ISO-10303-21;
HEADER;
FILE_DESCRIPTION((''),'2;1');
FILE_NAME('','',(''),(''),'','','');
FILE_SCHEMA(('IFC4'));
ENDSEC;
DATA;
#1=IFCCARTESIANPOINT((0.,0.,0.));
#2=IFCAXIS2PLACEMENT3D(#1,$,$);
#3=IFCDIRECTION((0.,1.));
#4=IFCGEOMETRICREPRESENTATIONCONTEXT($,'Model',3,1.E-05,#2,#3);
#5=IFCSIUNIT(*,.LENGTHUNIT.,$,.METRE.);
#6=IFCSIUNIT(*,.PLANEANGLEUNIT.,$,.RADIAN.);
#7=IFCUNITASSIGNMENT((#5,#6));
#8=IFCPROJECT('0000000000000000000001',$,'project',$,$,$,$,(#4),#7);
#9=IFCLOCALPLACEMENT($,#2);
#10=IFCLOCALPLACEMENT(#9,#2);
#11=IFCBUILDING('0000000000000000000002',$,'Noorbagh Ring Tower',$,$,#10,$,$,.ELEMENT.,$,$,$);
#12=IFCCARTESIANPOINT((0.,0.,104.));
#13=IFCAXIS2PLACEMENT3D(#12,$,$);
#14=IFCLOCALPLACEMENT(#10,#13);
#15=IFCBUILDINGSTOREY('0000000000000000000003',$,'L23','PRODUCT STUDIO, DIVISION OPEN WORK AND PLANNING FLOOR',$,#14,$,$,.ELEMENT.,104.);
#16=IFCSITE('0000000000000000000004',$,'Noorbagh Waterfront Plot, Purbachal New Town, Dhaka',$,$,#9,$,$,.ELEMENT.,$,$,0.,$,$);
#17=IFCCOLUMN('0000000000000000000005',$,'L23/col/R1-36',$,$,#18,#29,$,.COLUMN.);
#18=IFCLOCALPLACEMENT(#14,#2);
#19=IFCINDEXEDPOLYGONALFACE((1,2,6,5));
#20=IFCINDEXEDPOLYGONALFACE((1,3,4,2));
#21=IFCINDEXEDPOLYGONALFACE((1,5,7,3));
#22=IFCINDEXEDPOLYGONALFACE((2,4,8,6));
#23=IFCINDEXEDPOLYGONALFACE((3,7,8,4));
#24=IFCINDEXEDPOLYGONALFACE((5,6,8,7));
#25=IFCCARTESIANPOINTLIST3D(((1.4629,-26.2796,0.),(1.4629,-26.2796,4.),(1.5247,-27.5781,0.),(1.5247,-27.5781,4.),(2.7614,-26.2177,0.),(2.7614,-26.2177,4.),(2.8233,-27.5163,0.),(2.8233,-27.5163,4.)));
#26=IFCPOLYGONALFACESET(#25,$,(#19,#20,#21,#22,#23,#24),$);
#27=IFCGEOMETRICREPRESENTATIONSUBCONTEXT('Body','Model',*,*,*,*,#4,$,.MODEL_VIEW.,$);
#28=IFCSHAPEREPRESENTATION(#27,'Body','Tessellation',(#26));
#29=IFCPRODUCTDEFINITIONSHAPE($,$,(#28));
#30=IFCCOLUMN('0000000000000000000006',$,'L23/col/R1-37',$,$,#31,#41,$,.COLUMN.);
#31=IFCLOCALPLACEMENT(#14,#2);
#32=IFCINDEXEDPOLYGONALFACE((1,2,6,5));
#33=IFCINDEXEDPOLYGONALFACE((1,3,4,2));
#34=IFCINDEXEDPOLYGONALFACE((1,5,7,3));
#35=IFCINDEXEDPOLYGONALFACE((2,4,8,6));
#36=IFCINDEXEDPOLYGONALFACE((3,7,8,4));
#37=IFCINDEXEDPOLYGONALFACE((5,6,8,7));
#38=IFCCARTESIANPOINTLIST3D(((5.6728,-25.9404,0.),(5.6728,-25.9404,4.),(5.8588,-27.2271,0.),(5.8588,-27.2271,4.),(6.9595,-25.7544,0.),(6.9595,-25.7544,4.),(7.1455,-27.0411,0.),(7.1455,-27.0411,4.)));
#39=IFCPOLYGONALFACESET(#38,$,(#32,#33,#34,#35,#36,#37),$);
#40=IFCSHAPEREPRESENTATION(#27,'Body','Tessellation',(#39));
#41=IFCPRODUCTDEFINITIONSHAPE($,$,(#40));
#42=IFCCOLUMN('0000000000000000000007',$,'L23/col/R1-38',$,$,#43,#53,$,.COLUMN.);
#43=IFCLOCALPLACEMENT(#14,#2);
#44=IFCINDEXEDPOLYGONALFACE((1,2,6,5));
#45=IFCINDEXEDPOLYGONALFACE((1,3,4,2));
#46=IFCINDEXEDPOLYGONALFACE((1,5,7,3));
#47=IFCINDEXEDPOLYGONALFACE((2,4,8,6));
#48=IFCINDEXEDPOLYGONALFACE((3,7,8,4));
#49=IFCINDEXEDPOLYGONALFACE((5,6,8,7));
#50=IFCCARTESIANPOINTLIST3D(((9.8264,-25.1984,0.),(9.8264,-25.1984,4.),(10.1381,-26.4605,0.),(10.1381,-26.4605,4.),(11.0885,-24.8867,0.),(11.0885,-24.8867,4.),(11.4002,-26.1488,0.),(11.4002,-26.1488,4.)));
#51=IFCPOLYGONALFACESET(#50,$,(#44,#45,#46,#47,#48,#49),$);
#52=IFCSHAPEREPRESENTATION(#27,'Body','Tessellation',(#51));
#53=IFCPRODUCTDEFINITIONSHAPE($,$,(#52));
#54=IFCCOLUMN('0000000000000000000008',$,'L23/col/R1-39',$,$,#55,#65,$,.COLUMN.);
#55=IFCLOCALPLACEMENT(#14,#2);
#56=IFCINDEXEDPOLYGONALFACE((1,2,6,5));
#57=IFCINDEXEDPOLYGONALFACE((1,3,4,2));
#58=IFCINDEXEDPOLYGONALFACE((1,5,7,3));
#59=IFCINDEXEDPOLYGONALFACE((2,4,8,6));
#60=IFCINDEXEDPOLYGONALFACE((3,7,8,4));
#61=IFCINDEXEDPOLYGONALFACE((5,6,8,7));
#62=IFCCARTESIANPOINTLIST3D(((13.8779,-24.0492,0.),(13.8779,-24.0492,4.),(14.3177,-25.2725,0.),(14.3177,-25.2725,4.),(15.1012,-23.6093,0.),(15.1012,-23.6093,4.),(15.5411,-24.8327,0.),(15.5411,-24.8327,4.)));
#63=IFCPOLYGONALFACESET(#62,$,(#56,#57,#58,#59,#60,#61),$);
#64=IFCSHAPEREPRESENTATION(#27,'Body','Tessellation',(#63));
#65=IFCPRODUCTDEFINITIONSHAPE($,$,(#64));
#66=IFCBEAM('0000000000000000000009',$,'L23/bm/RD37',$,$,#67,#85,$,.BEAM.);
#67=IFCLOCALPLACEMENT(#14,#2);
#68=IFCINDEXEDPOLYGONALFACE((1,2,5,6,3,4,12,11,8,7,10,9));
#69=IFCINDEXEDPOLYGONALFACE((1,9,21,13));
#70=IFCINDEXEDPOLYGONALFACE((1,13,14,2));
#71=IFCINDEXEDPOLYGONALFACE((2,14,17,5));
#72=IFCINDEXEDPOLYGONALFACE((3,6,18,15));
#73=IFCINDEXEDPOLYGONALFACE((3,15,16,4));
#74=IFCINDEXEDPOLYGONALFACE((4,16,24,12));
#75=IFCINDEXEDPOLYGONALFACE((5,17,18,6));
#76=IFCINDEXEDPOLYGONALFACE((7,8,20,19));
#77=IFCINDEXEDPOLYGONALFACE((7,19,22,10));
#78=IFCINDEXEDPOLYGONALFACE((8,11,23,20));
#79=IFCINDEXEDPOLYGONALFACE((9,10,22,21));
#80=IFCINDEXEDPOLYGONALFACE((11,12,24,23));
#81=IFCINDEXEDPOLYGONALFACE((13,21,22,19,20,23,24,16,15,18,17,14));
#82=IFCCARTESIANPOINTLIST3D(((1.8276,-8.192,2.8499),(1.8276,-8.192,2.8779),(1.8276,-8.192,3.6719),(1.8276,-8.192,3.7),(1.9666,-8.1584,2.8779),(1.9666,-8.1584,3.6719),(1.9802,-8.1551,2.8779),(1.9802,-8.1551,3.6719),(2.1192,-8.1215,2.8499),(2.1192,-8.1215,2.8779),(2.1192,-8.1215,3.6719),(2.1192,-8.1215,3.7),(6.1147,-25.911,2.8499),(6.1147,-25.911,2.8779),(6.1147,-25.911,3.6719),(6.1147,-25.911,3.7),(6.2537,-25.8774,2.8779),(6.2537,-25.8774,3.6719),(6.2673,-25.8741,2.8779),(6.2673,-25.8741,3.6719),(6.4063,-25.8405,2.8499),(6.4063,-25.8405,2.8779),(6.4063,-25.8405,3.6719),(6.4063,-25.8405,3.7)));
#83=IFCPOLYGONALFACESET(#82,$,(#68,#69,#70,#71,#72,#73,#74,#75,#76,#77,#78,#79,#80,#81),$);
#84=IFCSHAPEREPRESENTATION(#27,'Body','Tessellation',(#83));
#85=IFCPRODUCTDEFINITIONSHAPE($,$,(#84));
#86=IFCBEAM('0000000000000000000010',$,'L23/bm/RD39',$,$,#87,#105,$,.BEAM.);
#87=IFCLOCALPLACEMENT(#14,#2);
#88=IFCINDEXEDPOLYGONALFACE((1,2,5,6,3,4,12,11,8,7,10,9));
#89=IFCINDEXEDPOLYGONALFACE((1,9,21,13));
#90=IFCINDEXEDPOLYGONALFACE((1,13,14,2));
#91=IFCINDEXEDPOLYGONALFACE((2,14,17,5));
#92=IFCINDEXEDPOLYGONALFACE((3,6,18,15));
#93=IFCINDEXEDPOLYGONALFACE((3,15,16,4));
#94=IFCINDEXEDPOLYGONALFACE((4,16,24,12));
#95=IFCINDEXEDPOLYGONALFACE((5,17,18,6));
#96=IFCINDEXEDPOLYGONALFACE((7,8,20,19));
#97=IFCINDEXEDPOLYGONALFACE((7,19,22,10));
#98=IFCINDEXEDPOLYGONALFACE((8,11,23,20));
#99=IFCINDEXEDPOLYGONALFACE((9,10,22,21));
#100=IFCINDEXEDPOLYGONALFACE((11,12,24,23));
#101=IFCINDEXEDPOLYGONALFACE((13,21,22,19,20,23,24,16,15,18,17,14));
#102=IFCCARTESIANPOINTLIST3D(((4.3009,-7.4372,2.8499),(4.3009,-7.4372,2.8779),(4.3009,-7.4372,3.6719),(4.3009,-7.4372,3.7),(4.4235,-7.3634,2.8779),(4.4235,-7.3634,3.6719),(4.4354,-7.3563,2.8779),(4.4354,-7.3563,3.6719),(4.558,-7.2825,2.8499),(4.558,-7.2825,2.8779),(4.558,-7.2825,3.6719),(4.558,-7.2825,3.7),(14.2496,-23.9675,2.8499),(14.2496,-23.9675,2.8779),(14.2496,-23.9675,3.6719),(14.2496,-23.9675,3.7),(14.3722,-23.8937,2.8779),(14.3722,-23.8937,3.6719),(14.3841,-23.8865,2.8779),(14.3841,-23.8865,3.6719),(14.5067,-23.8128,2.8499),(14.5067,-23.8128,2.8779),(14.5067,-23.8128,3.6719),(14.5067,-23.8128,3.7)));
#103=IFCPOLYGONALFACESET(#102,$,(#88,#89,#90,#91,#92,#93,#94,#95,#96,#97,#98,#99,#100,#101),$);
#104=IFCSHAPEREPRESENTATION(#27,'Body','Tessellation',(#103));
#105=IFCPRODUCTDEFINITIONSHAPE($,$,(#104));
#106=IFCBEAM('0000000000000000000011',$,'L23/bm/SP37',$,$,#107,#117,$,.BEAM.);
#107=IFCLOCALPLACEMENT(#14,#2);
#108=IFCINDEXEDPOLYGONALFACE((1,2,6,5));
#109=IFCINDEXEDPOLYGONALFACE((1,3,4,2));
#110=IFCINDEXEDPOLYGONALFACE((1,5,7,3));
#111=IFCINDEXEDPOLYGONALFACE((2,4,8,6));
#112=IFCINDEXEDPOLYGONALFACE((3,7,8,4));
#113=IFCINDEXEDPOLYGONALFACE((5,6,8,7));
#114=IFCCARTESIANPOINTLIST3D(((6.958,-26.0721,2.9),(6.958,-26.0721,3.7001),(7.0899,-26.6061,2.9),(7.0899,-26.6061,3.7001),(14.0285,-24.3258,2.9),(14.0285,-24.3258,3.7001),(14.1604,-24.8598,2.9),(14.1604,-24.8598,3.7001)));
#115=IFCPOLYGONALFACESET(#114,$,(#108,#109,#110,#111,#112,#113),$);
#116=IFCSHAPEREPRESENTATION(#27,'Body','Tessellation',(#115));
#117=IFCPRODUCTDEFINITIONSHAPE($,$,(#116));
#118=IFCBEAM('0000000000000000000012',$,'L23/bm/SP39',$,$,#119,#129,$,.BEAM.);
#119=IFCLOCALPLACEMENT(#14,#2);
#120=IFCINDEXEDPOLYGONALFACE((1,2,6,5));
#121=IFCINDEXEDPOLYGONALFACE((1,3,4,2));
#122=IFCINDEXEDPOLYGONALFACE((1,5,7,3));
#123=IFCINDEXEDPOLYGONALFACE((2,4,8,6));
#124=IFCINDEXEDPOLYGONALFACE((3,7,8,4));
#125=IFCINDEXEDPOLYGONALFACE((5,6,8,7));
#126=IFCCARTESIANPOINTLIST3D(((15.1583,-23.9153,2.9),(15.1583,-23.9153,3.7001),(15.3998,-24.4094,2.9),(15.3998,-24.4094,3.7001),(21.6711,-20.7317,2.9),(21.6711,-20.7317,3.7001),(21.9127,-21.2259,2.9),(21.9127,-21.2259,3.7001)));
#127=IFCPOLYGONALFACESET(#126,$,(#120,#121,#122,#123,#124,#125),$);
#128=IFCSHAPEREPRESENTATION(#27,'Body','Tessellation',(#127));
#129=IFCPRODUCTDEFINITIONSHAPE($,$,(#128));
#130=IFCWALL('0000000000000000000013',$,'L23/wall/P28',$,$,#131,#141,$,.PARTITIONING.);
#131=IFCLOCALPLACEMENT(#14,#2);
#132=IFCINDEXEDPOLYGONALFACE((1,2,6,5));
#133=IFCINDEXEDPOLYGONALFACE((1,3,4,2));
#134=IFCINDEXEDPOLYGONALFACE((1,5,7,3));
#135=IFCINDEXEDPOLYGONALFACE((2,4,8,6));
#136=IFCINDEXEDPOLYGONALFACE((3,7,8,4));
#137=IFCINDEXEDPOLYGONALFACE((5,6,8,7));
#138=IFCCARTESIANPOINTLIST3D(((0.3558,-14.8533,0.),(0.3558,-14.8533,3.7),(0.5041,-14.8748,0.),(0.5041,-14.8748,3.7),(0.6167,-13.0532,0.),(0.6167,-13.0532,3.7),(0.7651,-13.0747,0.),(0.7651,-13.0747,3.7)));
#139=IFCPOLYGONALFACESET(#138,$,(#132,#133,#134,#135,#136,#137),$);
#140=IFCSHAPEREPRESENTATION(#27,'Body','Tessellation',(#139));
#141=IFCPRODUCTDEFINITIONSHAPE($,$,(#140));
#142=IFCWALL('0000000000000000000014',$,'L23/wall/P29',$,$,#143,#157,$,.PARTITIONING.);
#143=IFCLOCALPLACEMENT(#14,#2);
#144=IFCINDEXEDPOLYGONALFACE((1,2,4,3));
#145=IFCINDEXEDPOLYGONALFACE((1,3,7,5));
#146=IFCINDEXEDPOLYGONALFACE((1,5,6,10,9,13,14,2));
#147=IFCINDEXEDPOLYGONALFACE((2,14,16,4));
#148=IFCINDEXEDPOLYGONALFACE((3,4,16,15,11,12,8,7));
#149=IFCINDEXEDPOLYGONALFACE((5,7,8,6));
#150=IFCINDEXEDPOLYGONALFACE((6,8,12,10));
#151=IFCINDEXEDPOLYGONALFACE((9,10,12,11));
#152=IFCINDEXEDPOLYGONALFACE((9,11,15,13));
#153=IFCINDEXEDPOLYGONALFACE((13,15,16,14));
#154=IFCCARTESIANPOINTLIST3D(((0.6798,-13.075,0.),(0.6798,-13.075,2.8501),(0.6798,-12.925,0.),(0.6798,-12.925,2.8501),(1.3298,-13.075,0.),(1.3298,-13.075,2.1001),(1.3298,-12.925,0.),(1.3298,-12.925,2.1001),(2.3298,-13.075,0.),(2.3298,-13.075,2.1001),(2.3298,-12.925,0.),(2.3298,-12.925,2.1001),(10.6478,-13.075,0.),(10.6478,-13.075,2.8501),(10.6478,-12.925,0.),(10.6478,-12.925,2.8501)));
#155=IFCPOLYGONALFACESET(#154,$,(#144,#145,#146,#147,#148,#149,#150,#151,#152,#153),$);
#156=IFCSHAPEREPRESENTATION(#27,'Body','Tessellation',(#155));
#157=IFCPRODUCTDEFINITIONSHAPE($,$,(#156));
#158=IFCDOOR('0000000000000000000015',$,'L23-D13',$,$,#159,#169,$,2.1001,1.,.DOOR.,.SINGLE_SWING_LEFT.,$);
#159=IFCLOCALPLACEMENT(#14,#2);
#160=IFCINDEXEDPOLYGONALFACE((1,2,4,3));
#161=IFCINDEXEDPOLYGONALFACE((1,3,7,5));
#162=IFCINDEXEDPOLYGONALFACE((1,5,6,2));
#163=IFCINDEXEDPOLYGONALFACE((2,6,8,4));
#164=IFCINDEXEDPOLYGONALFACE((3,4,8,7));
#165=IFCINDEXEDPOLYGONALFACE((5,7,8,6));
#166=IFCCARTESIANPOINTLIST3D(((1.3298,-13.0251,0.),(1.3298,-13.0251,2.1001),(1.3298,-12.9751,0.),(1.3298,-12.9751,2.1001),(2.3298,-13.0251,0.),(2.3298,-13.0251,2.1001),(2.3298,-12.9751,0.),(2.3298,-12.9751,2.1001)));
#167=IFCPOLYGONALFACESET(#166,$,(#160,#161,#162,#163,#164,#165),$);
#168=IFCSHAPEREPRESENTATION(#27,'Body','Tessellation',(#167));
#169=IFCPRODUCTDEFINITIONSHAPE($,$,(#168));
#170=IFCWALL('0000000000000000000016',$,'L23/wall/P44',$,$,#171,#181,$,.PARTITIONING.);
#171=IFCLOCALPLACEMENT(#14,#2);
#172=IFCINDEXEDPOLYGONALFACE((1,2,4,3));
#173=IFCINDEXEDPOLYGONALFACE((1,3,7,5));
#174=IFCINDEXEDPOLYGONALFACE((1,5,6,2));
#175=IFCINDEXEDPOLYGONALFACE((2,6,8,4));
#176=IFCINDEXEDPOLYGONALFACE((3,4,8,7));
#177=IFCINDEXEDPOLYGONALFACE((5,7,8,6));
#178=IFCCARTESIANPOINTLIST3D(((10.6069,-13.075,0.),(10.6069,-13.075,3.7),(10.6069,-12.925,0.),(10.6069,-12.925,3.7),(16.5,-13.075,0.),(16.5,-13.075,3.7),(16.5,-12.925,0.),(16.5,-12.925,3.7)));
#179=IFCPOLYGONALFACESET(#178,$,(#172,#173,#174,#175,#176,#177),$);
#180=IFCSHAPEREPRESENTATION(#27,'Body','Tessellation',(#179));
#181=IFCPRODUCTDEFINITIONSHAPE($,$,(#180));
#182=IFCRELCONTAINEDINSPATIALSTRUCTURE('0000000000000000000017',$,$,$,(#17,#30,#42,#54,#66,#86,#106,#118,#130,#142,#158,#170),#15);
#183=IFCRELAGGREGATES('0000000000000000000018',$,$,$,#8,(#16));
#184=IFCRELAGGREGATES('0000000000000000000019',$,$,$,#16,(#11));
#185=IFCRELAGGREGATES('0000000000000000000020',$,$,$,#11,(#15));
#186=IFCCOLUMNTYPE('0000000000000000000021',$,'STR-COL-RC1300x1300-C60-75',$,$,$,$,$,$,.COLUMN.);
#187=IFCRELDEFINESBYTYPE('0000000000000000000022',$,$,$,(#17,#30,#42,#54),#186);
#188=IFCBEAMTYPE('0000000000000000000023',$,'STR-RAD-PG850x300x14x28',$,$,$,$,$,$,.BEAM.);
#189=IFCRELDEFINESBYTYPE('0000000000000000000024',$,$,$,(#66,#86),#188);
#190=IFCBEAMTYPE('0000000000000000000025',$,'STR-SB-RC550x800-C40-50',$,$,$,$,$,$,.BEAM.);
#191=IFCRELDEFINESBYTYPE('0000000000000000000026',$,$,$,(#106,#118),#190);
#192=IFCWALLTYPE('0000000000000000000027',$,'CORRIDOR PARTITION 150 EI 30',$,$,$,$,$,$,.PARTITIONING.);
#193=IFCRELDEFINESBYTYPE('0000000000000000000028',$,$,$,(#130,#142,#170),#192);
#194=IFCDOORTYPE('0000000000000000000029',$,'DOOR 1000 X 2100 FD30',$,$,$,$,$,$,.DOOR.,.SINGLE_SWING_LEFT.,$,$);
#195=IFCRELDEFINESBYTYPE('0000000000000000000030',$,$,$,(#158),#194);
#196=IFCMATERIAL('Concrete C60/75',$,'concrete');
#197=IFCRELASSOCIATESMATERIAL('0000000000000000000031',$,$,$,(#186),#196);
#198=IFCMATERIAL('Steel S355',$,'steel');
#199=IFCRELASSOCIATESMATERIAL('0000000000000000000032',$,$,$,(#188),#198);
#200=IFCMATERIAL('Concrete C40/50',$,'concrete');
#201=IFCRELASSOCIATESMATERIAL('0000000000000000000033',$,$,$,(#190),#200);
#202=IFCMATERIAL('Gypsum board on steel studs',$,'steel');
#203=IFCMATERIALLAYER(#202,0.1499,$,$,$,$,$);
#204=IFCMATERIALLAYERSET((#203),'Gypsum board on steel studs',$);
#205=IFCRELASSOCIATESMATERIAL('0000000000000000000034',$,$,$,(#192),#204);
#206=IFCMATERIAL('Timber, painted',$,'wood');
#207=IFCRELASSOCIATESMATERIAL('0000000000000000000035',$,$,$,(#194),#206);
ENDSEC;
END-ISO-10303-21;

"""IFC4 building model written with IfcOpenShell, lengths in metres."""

from ifc_helpers import new_model, si_unit, direction, frame, frame_2d, origin, origin_2d, place, context, subcontext, project, spatial, rectangle, i_section, extrude, material, layer, layer_set, material_profile, profile_set, type_object, element, fill, save


model = new_model("IFC4")

# Units and contexts
model_context = context("Model", 3, precision=1e-05, world=origin(), true_north=direction((0.0, 1.0)))
body_context = subcontext(model_context, "Body", "Model", "MODEL_VIEW")
ifc_project = project(units=[si_unit("LENGTHUNIT", "METRE"), si_unit("PLANEANGLEUNIT", "RADIAN")], contexts=[model_context])

# Site, building, storey
site_placement = place(None, origin())
site = spatial("IfcSite", under=ifc_project, at=site_placement, Name="Noorbagh Waterfront Plot, Purbachal New Town, Dhaka", CompositionType="ELEMENT", RefElevation=0.0)
building_placement = place(site_placement, origin())
building = spatial("IfcBuilding", under=site, at=building_placement, Name="Noorbagh Ring Tower", CompositionType="ELEMENT")
storey_placement = place(building_placement, frame((0.0, 0.0, 104.0)))
storey = spatial("IfcBuildingStorey", under=building, at=storey_placement, Name="L23", Description="PRODUCT STUDIO, DIVISION OPEN WORK AND PLANNING FLOOR", CompositionType="ELEMENT", Elevation=104.0)

# Columns
ifc_material_1 = material(Name="Concrete C60/75", Category="concrete")
ifc_material_profile_1 = material_profile(ifc_material_1, rectangle(XDim=1.3, YDim=1.3, at=origin_2d()), Name="RC1300x1300")
ifc_profile_set_1 = profile_set([ifc_material_profile_1], Name="Concrete C60/75")
column_type = type_object("IfcColumnType", Name="STR-COL-RC1300x1300-C60-75", PredefinedType="COLUMN", material=ifc_profile_set_1)
for number, where, z_axis, x_axis, name in (
    (1, (2.1431, -26.8979, 0.0), (0.0, 0.0, 1.0), (0.998869, 0.047553, 0.0), "L23/col/R1-36"),
    (2, (6.4092, -26.4907, 0.0), (0.0, 0.0, 1.0), (0.989713, 0.143066, 0.0), "L23/col/R1-37"),
    (3, (10.6133, -25.6736, 0.0), (0.0, 0.0, 1.0), (0.970829, 0.239771, 0.0), "L23/col/R1-38"),
    (4, (14.7095, -24.4409, 0.0), (0.0, 0.0, 1.0), (0.941025, 0.338338, 0.0), "L23/col/R1-39"),
):
    element("IfcColumn", number, at=place(storey_placement, frame(where, z_axis=z_axis, x_axis=x_axis)), inside=storey, type_object=column_type, Name=name, PredefinedType="COLUMN", context=body_context, shape_type="SweptSolid", body=[
        extrude(rectangle(XDim=1.3, YDim=1.3, at=origin_2d()), origin(), (0.0, 0.0, 1.0), 4.0),
    ])

# Beams
ifc_material_2 = material(Name="Steel S355", Category="steel")
ifc_material_profile_2 = material_profile(ifc_material_2, i_section(OverallWidth=0.3, OverallDepth=0.8501, WebThickness=0.0139, FlangeThickness=0.0281, at=origin_2d()), Name="PG850x300x14x28")
ifc_profile_set_2 = profile_set([ifc_material_profile_2], Name="Steel S355")
beam_type_1 = type_object("IfcBeamType", Name="STR-RAD-PG850x300x14x28", PredefinedType="BEAM", material=ifc_profile_set_2)
beam_1_placement = place(storey_placement, frame((6.2605, -25.8757, 3.2749), z_axis=(-0.235165, 0.971956, 0.0), x_axis=(-0.971956, -0.235165, 0.0)))
element("IfcBeam", 5, at=beam_1_placement, inside=storey, type_object=beam_type_1, Name="L23/bm/RD37", PredefinedType="BEAM", context=body_context, shape_type="SweptSolid", body=[
    extrude(i_section(OverallWidth=0.3, OverallDepth=0.8501, WebThickness=0.0139, FlangeThickness=0.0281, at=origin_2d()), origin(), (0.0, 0.0, 1.0), 18.2302),
])
beam_2_placement = place(storey_placement, frame((14.3782, -23.8901, 3.2749), z_axis=(-0.51566, 0.856793, 0.0), x_axis=(-0.856793, -0.51566, 0.0)))
element("IfcBeam", 6, at=beam_2_placement, inside=storey, type_object=beam_type_1, Name="L23/bm/RD39", PredefinedType="BEAM", context=body_context, shape_type="SweptSolid", body=[
    extrude(i_section(OverallWidth=0.3, OverallDepth=0.8501, WebThickness=0.0139, FlangeThickness=0.0281, at=origin_2d()), origin(), (0.0, 0.0, 1.0), 19.2932),
])
ifc_material_3 = material(Name="Concrete C40/50", Category="concrete")
ifc_material_profile_3 = material_profile(ifc_material_3, rectangle(XDim=0.55, YDim=0.8, at=origin_2d()), Name="RC550x800")
ifc_profile_set_3 = profile_set([ifc_material_profile_3], Name="Concrete C40/50")
beam_type_2 = type_object("IfcBeamType", Name="STR-SB-RC550x800-C40-50", PredefinedType="BEAM", material=ifc_profile_set_3)
beam_3_placement = place(storey_placement, frame((7.0239, -26.3391, 3.3), z_axis=(0.970827, 0.239782, 0.0), x_axis=(-0.239782, 0.970827, 0.0)))
element("IfcBeam", 7, at=beam_3_placement, inside=storey, type_object=beam_type_2, Name="L23/bm/SP37", PredefinedType="BEAM", context=body_context, shape_type="SweptSolid", body=[
    extrude(rectangle(XDim=0.55, YDim=0.8, at=origin_2d()), origin(), (0.0, 0.0, 1.0), 7.283),
])
beam_4_placement = place(storey_placement, frame((15.2791, -24.1624, 3.3), z_axis=(0.898412, 0.439153, 0.0), x_axis=(-0.439153, 0.898412, 0.0)))
element("IfcBeam", 8, at=beam_4_placement, inside=storey, type_object=beam_type_2, Name="L23/bm/SP39", PredefinedType="BEAM", context=body_context, shape_type="SweptSolid", body=[
    extrude(rectangle(XDim=0.55, YDim=0.8, at=origin_2d()), origin(), (0.0, 0.0, 1.0), 7.2493),
])

# Wall
ifc_material_4 = material(Name="Gypsum board on steel studs", Category="steel")
ifc_layer_1 = layer(ifc_material_4, 0.1499)
ifc_layer_set_1 = layer_set([ifc_layer_1], Name="Gypsum board on steel studs")
wall_type_1 = type_object("IfcWallType", Name="CORRIDOR PARTITION 150 EI 30", PredefinedType="PARTITIONING", material=ifc_layer_set_1)
wall_1_placement = place(storey_placement, frame((0.4299, -14.864, 0.0), z_axis=(0.0, 0.0, 1.0), x_axis=(0.143488, 0.989652, 0.0)))
element("IfcWall", 9, at=wall_1_placement, inside=storey, type_object=wall_type_1, Name="L23/wall/P28", PredefinedType="PARTITIONING", context=body_context, shape_type="SweptSolid", body=[
    extrude(rectangle(XDim=1.8188, YDim=0.1499, at=frame_2d((0.9094, 0.0))), origin(), (0.0, 0.0, 1.0), 3.7),
])

# Wall, opening, door
wall_2_placement = place(storey_placement, frame((0.6799, -13.0, 0.0), z_axis=(0.0, 0.0, 1.0), x_axis=(1.0, 0.0, 0.0)))
wall_2 = element("IfcWall", 10, at=wall_2_placement, inside=storey, type_object=wall_type_1, Name="L23/wall/P29", PredefinedType="PARTITIONING", context=body_context, shape_type="SweptSolid", body=[
    extrude(rectangle(XDim=9.968, YDim=0.1499, at=frame_2d((4.9839, 0.0))), origin(), (0.0, 0.0, 1.0), 2.8501),
])
opening_1_placement = place(wall_2_placement, frame((0.6499, 0.0, 0.0)))
opening_1 = element("IfcOpeningElement", 11, at=opening_1_placement, cuts=wall_2, PredefinedType="OPENING", context=body_context, shape_type="SweptSolid", body=[
    extrude(rectangle(XDim=1.0, YDim=2.1001, at=frame_2d((0.5, 1.05))), frame((0.0, 0.085, 0.0), z_axis=(0.0, -1.0, 0.0), x_axis=(1.0, 0.0, 0.0)), (0.0, 0.0, 1.0), 0.1699),
])
ifc_material_5 = material(Name="Timber, painted", Category="wood")
door_type_1 = type_object("IfcDoorType", Name="DOOR 1000 X 2100 FD30", OperationType="SINGLE_SWING_LEFT", PredefinedType="DOOR", material=ifc_material_5)
door_1_placement = place(opening_1_placement, origin())
door_1 = element("IfcDoor", 12, at=door_1_placement, inside=storey, type_object=door_type_1, Name="L23-D13", OperationType="SINGLE_SWING_LEFT", OverallHeight=2.1001, OverallWidth=1.0, PredefinedType="DOOR", context=body_context, shape_type="SweptSolid", body=[
    extrude(rectangle(XDim=1.0, YDim=2.1001, at=frame_2d((0.5, 1.05))), frame((0.0, 0.0249, 0.0), z_axis=(0.0, -1.0, 0.0), x_axis=(1.0, 0.0, 0.0)), (0.0, 0.0, 1.0), 0.05),
])
fill(opening_1, door_1)

# Wall
wall_3_placement = place(storey_placement, frame((10.6069, -13.0, 0.0), z_axis=(0.0, 0.0, 1.0), x_axis=(1.0, 0.0, 0.0)))
element("IfcWall", 13, at=wall_3_placement, inside=storey, type_object=wall_type_1, Name="L23/wall/P44", PredefinedType="PARTITIONING", context=body_context, shape_type="SweptSolid", body=[
    extrude(rectangle(XDim=5.8931, YDim=0.1499, at=frame_2d((2.9465, 0.0))), origin(), (0.0, 0.0, 1.0), 3.7),
])

save(model, "model.ifc")
